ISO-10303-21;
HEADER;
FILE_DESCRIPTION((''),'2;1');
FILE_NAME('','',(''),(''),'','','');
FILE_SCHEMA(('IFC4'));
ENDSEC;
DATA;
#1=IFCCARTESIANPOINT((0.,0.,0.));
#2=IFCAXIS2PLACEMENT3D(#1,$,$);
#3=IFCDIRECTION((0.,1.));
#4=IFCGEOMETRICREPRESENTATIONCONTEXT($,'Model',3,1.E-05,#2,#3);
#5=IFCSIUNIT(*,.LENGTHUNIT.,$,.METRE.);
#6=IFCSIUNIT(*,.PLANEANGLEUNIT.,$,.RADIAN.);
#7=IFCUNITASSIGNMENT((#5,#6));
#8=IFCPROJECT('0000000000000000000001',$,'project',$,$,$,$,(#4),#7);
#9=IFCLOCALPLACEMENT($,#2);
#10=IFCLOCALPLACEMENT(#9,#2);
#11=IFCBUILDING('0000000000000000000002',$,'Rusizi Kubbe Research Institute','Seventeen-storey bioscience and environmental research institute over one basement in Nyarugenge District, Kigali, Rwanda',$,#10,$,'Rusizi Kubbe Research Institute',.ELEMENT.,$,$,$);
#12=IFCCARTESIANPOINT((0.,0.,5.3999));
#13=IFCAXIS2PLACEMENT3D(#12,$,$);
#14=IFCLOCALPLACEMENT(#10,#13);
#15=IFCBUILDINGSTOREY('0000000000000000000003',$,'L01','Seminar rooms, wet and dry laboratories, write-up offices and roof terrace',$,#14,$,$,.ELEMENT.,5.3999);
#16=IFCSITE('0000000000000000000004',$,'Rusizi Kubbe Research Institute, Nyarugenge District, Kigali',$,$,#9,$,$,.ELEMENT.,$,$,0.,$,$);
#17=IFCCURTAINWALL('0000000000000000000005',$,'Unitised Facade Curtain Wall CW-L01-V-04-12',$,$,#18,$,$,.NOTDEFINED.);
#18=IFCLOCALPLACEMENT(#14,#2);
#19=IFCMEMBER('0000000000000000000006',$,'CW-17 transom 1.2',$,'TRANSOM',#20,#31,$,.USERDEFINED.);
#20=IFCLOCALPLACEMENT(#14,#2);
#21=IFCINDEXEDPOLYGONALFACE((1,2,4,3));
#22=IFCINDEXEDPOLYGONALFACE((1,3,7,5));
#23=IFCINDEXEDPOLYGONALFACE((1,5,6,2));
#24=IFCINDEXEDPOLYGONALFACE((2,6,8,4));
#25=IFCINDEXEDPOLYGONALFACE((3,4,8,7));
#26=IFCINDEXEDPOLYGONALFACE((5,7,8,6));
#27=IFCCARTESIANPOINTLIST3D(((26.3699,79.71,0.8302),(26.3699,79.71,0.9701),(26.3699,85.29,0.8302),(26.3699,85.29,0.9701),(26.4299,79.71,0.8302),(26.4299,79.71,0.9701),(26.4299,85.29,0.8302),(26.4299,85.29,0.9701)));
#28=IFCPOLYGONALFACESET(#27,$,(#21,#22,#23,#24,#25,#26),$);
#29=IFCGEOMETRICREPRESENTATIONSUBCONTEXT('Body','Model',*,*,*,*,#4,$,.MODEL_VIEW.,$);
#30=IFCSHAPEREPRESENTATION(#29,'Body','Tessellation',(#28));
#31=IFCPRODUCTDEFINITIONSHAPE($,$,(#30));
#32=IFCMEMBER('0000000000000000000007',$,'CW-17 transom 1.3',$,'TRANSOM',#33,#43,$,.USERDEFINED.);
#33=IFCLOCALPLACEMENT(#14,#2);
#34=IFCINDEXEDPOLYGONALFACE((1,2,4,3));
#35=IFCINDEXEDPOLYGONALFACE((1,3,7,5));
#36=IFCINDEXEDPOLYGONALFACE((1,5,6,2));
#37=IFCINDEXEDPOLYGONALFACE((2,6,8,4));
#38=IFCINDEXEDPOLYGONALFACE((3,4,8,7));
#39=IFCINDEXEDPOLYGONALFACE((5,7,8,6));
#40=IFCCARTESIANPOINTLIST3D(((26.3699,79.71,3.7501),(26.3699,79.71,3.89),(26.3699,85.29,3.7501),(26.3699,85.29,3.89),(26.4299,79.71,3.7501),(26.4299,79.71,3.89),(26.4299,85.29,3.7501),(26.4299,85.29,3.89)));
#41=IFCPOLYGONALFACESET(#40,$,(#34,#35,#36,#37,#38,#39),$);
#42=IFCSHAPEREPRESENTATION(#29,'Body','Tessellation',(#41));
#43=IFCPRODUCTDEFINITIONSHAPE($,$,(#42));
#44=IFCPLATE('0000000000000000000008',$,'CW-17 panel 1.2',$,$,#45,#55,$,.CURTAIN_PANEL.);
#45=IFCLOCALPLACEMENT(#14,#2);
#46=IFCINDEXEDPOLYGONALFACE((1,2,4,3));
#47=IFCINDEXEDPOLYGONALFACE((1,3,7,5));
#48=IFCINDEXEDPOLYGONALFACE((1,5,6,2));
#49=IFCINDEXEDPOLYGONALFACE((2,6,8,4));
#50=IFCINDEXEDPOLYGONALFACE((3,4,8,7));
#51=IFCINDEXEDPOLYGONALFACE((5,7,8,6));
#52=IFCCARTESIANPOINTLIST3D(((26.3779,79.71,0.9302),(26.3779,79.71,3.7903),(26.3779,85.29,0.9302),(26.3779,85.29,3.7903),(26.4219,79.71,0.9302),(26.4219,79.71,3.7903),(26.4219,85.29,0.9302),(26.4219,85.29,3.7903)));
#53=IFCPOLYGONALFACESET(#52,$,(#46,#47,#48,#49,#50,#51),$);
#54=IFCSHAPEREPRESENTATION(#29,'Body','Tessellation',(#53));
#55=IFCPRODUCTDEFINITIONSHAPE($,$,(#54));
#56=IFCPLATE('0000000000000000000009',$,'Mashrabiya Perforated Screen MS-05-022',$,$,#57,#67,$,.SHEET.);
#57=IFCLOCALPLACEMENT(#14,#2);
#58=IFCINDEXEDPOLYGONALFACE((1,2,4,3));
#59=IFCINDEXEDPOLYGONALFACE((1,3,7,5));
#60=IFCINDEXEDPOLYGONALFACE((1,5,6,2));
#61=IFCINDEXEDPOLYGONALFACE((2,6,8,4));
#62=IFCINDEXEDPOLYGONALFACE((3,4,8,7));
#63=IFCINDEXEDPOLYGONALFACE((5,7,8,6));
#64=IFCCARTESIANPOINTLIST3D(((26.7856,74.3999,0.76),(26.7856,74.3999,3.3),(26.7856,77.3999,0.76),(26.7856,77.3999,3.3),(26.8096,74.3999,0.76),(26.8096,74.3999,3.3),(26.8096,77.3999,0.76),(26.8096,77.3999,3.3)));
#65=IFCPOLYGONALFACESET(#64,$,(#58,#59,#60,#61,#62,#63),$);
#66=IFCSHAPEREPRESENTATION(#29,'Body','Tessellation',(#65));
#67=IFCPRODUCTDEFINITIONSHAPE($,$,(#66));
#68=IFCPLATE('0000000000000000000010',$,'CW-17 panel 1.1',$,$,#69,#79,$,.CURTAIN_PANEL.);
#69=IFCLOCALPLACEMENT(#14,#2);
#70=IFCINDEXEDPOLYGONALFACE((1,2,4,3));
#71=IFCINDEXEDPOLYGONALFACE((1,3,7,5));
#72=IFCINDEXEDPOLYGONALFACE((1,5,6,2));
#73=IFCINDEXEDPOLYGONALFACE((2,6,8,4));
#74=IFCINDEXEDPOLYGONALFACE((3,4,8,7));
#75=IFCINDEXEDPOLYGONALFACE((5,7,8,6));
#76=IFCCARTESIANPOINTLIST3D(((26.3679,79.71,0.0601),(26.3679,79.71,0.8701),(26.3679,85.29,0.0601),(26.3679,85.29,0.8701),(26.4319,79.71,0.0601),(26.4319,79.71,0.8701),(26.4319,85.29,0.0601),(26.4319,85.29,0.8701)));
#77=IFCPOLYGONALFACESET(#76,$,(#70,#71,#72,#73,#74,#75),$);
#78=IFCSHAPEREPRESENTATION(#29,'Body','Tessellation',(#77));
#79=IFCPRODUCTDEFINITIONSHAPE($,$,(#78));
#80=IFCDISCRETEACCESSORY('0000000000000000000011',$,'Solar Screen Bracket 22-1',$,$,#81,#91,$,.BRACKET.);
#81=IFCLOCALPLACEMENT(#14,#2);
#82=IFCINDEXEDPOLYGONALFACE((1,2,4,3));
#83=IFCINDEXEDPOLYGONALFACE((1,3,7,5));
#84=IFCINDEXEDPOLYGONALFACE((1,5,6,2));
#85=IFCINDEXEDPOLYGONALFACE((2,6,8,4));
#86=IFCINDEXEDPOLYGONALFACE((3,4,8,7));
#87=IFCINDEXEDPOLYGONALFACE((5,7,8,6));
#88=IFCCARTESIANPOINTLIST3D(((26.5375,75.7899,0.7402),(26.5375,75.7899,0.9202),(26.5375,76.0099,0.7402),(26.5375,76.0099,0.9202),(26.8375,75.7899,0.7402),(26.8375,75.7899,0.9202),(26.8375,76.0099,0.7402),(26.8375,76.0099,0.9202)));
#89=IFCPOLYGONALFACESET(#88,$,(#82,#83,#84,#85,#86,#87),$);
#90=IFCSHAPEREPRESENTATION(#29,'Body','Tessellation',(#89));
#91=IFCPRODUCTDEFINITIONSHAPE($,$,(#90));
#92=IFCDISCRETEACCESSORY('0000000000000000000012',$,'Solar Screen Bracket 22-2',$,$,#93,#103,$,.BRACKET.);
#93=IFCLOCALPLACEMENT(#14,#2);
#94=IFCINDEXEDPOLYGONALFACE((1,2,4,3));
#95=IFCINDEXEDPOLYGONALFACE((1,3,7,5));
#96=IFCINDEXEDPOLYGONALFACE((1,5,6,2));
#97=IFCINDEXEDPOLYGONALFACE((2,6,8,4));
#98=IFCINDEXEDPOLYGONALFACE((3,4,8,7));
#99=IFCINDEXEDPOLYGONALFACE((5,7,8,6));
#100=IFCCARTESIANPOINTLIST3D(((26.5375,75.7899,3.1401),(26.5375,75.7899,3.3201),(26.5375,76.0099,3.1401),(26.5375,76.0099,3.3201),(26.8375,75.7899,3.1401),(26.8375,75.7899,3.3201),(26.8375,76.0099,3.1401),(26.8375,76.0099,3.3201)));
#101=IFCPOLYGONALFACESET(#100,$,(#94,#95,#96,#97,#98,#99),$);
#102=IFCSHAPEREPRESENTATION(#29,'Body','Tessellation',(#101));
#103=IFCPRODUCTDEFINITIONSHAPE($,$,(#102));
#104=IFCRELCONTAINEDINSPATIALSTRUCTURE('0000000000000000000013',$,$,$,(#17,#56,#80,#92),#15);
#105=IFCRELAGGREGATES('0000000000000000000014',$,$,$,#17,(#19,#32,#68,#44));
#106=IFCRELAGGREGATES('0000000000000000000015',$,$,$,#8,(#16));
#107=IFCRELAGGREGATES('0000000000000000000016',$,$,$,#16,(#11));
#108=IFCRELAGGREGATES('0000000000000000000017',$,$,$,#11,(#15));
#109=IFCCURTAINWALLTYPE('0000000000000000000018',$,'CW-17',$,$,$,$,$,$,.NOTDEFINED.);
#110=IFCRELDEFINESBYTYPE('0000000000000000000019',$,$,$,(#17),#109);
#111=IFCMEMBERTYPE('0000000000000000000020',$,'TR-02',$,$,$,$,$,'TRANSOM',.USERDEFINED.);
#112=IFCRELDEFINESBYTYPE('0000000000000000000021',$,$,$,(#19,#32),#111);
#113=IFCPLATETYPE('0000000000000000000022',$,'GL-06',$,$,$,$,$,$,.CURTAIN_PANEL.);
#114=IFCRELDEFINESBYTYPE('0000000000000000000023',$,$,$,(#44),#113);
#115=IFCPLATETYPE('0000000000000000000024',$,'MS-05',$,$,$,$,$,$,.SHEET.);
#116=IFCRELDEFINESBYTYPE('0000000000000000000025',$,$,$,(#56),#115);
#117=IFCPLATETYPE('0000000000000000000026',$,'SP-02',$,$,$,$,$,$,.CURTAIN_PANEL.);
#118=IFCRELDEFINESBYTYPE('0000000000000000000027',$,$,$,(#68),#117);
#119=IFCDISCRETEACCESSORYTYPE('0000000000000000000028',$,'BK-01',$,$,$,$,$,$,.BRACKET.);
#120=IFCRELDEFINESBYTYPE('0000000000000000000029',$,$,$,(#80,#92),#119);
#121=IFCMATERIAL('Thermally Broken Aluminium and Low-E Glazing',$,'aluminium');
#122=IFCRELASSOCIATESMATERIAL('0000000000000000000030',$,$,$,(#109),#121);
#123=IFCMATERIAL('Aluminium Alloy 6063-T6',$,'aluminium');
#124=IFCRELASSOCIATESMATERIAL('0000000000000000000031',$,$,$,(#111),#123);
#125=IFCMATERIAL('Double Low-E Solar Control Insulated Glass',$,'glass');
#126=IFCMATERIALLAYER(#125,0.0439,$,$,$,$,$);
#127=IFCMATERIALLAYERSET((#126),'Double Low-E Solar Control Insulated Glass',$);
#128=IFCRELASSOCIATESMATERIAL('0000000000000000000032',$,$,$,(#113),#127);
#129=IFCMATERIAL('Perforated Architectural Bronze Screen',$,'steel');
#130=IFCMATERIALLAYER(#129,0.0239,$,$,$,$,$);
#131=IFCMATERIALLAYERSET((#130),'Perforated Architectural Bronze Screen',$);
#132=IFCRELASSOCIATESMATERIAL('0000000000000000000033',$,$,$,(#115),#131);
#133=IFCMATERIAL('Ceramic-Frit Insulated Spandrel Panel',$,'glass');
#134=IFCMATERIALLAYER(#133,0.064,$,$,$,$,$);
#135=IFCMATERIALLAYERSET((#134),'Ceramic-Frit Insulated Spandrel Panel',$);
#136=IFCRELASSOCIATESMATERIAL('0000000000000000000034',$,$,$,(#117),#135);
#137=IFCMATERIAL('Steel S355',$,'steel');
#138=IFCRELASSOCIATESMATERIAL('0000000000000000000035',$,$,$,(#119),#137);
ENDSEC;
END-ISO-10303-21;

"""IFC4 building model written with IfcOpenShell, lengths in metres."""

from ifc_helpers import new_model, si_unit, direction, frame, origin, origin_2d, place, context, subcontext, project, spatial, rectangle, extrude, material, layer, layer_set, material_profile, profile_set, type_object, element, aggregate, save


model = new_model("IFC4")

# Units and contexts
model_context = context("Model", 3, precision=1e-05, world=origin(), true_north=direction((0.0, 1.0)))
body_context = subcontext(model_context, "Body", "Model", "MODEL_VIEW")
ifc_project = project(units=[si_unit("LENGTHUNIT", "METRE"), si_unit("PLANEANGLEUNIT", "RADIAN")], contexts=[model_context])

# Site, building, storey
site_placement = place(None, origin())
site = spatial("IfcSite", under=ifc_project, at=site_placement, Name="Rusizi Kubbe Research Institute, Nyarugenge District, Kigali", CompositionType="ELEMENT", RefElevation=0.0)
building_placement = place(site_placement, origin())
building = spatial("IfcBuilding", under=site, at=building_placement, Name="Rusizi Kubbe Research Institute", Description="Seventeen-storey bioscience and environmental research institute over one basement in Nyarugenge District, Kigali, Rwanda", LongName="Rusizi Kubbe Research Institute", CompositionType="ELEMENT")
storey_placement = place(building_placement, frame((0.0, 0.0, 5.3999)))
storey = spatial("IfcBuildingStorey", under=building, at=storey_placement, Name="L01", Description="Seminar rooms, wet and dry laboratories, write-up offices and roof terrace", CompositionType="ELEMENT", Elevation=5.3999)

# Curtain wall, members, plate
ifc_material_1 = material(Name="Thermally Broken Aluminium and Low-E Glazing", Category="aluminium")
curtain_wall_type = type_object("IfcCurtainWallType", Name="CW-17", PredefinedType="NOTDEFINED", material=ifc_material_1)
curtain_wall_placement = place(storey_placement, origin())
curtain_wall = element("IfcCurtainWall", 1, at=curtain_wall_placement, inside=storey, type_object=curtain_wall_type, Name="Unitised Facade Curtain Wall CW-L01-V-04-12", PredefinedType="NOTDEFINED")
ifc_material_2 = material(Name="Aluminium Alloy 6063-T6", Category="aluminium")
ifc_material_profile_1 = material_profile(ifc_material_2, rectangle(XDim=0.0601, YDim=0.1399, at=origin_2d()), Name="ALU-T 60x140")
ifc_profile_set_1 = profile_set([ifc_material_profile_1], Name="Aluminium Alloy 6063-T6")
member_type_1 = type_object("IfcMemberType", Name="TR-02", ElementType="TRANSOM", PredefinedType="USERDEFINED", material=ifc_profile_set_1)
member_1_placement = place(storey_placement, frame((26.3999, 79.71, 0.9001), z_axis=(0.0, 1.0, 0.0), x_axis=(-1.0, 0.0, 0.0)))
member_1 = element("IfcMember", 2, at=member_1_placement, type_object=member_type_1, Name="CW-17 transom 1.2", ObjectType="TRANSOM", PredefinedType="USERDEFINED", context=body_context, shape_type="SweptSolid", body=[
    extrude(rectangle(XDim=0.0601, YDim=0.1399, at=origin_2d()), origin(), (0.0, 0.0, 1.0), 5.5801),
])
member_2_placement = place(storey_placement, frame((26.3999, 79.71, 3.8201), z_axis=(0.0, 1.0, 0.0), x_axis=(-1.0, 0.0, 0.0)))
member_2 = element("IfcMember", 3, at=member_2_placement, type_object=member_type_1, Name="CW-17 transom 1.3", ObjectType="TRANSOM", PredefinedType="USERDEFINED", context=body_context, shape_type="SweptSolid", body=[
    extrude(rectangle(XDim=0.0601, YDim=0.1399, at=origin_2d()), origin(), (0.0, 0.0, 1.0), 5.5801),
])
ifc_material_3 = material(Name="Double Low-E Solar Control Insulated Glass", Category="glass")
ifc_layer_1 = layer(ifc_material_3, 0.0439)
ifc_layer_set_1 = layer_set([ifc_layer_1], Name="Double Low-E Solar Control Insulated Glass")
plate_type_1 = type_object("IfcPlateType", Name="GL-06", PredefinedType="CURTAIN_PANEL", material=ifc_layer_set_1)
plate_1_placement = place(storey_placement, frame((26.3999, 82.5, 0.9302), z_axis=(0.0, 0.0, 1.0), x_axis=(0.0, 1.0, 0.0)))
plate_1 = element("IfcPlate", 4, at=plate_1_placement, type_object=plate_type_1, Name="CW-17 panel 1.2", PredefinedType="CURTAIN_PANEL", context=body_context, shape_type="SweptSolid", body=[
    extrude(rectangle(XDim=5.5801, YDim=0.0439, at=origin_2d()), origin(), (0.0, 0.0, 1.0), 2.8601),
])

# Plates
ifc_material_4 = material(Name="Perforated Architectural Bronze Screen", Category="steel")
ifc_layer_2 = layer(ifc_material_4, 0.0239)
ifc_layer_set_2 = layer_set([ifc_layer_2], Name="Perforated Architectural Bronze Screen")
plate_type_2 = type_object("IfcPlateType", Name="MS-05", PredefinedType="SHEET", material=ifc_layer_set_2)
plate_2_placement = place(storey_placement, frame((26.7976, 75.8999, 0.76), z_axis=(0.0, 0.0, 1.0), x_axis=(0.0, 1.0, 0.0)))
element("IfcPlate", 5, at=plate_2_placement, inside=storey, type_object=plate_type_2, Name="Mashrabiya Perforated Screen MS-05-022", PredefinedType="SHEET", context=body_context, shape_type="SweptSolid", body=[
    extrude(rectangle(XDim=3.0, YDim=0.0239, at=origin_2d()), origin(), (0.0, 0.0, 1.0), 2.54),
])
ifc_material_5 = material(Name="Ceramic-Frit Insulated Spandrel Panel", Category="glass")
ifc_layer_3 = layer(ifc_material_5, 0.064)
ifc_layer_set_3 = layer_set([ifc_layer_3], Name="Ceramic-Frit Insulated Spandrel Panel")
plate_type_3 = type_object("IfcPlateType", Name="SP-02", PredefinedType="CURTAIN_PANEL", material=ifc_layer_set_3)
plate_3_placement = place(storey_placement, frame((26.3999, 82.5, 0.0601), z_axis=(0.0, 0.0, 1.0), x_axis=(0.0, 1.0, 0.0)))
plate_3 = element("IfcPlate", 6, at=plate_3_placement, type_object=plate_type_3, Name="CW-17 panel 1.1", PredefinedType="CURTAIN_PANEL", context=body_context, shape_type="SweptSolid", body=[
    extrude(rectangle(XDim=5.5801, YDim=0.064, at=origin_2d()), origin(), (0.0, 0.0, 1.0), 0.8101),
])
aggregate(curtain_wall, [member_1, member_2, plate_3, plate_1])

# Discrete accessories
ifc_material_6 = material(Name="Steel S355", Category="steel")
discrete_accessory_type = type_object("IfcDiscreteAccessoryType", Name="BK-01", PredefinedType="BRACKET", material=ifc_material_6)
for number, where, z_axis, x_axis, name in (
    (7, (26.6875, 75.8999, 0.7402), (0.0, 0.0, 1.0), (1.0, 0.0, 0.0), "Solar Screen Bracket 22-1"),
    (8, (26.6875, 75.8999, 3.1401), (0.0, 0.0, 1.0), (1.0, 0.0, 0.0), "Solar Screen Bracket 22-2"),
):
    element("IfcDiscreteAccessory", number, at=place(storey_placement, frame(where, z_axis=z_axis, x_axis=x_axis)), inside=storey, type_object=discrete_accessory_type, Name=name, PredefinedType="BRACKET", context=body_context, shape_type="SweptSolid", body=[
        extrude(rectangle(XDim=0.3, YDim=0.22, at=origin_2d()), origin(), (0.0, 0.0, 1.0), 0.1799),
    ])

save(model, "model.ifc")
